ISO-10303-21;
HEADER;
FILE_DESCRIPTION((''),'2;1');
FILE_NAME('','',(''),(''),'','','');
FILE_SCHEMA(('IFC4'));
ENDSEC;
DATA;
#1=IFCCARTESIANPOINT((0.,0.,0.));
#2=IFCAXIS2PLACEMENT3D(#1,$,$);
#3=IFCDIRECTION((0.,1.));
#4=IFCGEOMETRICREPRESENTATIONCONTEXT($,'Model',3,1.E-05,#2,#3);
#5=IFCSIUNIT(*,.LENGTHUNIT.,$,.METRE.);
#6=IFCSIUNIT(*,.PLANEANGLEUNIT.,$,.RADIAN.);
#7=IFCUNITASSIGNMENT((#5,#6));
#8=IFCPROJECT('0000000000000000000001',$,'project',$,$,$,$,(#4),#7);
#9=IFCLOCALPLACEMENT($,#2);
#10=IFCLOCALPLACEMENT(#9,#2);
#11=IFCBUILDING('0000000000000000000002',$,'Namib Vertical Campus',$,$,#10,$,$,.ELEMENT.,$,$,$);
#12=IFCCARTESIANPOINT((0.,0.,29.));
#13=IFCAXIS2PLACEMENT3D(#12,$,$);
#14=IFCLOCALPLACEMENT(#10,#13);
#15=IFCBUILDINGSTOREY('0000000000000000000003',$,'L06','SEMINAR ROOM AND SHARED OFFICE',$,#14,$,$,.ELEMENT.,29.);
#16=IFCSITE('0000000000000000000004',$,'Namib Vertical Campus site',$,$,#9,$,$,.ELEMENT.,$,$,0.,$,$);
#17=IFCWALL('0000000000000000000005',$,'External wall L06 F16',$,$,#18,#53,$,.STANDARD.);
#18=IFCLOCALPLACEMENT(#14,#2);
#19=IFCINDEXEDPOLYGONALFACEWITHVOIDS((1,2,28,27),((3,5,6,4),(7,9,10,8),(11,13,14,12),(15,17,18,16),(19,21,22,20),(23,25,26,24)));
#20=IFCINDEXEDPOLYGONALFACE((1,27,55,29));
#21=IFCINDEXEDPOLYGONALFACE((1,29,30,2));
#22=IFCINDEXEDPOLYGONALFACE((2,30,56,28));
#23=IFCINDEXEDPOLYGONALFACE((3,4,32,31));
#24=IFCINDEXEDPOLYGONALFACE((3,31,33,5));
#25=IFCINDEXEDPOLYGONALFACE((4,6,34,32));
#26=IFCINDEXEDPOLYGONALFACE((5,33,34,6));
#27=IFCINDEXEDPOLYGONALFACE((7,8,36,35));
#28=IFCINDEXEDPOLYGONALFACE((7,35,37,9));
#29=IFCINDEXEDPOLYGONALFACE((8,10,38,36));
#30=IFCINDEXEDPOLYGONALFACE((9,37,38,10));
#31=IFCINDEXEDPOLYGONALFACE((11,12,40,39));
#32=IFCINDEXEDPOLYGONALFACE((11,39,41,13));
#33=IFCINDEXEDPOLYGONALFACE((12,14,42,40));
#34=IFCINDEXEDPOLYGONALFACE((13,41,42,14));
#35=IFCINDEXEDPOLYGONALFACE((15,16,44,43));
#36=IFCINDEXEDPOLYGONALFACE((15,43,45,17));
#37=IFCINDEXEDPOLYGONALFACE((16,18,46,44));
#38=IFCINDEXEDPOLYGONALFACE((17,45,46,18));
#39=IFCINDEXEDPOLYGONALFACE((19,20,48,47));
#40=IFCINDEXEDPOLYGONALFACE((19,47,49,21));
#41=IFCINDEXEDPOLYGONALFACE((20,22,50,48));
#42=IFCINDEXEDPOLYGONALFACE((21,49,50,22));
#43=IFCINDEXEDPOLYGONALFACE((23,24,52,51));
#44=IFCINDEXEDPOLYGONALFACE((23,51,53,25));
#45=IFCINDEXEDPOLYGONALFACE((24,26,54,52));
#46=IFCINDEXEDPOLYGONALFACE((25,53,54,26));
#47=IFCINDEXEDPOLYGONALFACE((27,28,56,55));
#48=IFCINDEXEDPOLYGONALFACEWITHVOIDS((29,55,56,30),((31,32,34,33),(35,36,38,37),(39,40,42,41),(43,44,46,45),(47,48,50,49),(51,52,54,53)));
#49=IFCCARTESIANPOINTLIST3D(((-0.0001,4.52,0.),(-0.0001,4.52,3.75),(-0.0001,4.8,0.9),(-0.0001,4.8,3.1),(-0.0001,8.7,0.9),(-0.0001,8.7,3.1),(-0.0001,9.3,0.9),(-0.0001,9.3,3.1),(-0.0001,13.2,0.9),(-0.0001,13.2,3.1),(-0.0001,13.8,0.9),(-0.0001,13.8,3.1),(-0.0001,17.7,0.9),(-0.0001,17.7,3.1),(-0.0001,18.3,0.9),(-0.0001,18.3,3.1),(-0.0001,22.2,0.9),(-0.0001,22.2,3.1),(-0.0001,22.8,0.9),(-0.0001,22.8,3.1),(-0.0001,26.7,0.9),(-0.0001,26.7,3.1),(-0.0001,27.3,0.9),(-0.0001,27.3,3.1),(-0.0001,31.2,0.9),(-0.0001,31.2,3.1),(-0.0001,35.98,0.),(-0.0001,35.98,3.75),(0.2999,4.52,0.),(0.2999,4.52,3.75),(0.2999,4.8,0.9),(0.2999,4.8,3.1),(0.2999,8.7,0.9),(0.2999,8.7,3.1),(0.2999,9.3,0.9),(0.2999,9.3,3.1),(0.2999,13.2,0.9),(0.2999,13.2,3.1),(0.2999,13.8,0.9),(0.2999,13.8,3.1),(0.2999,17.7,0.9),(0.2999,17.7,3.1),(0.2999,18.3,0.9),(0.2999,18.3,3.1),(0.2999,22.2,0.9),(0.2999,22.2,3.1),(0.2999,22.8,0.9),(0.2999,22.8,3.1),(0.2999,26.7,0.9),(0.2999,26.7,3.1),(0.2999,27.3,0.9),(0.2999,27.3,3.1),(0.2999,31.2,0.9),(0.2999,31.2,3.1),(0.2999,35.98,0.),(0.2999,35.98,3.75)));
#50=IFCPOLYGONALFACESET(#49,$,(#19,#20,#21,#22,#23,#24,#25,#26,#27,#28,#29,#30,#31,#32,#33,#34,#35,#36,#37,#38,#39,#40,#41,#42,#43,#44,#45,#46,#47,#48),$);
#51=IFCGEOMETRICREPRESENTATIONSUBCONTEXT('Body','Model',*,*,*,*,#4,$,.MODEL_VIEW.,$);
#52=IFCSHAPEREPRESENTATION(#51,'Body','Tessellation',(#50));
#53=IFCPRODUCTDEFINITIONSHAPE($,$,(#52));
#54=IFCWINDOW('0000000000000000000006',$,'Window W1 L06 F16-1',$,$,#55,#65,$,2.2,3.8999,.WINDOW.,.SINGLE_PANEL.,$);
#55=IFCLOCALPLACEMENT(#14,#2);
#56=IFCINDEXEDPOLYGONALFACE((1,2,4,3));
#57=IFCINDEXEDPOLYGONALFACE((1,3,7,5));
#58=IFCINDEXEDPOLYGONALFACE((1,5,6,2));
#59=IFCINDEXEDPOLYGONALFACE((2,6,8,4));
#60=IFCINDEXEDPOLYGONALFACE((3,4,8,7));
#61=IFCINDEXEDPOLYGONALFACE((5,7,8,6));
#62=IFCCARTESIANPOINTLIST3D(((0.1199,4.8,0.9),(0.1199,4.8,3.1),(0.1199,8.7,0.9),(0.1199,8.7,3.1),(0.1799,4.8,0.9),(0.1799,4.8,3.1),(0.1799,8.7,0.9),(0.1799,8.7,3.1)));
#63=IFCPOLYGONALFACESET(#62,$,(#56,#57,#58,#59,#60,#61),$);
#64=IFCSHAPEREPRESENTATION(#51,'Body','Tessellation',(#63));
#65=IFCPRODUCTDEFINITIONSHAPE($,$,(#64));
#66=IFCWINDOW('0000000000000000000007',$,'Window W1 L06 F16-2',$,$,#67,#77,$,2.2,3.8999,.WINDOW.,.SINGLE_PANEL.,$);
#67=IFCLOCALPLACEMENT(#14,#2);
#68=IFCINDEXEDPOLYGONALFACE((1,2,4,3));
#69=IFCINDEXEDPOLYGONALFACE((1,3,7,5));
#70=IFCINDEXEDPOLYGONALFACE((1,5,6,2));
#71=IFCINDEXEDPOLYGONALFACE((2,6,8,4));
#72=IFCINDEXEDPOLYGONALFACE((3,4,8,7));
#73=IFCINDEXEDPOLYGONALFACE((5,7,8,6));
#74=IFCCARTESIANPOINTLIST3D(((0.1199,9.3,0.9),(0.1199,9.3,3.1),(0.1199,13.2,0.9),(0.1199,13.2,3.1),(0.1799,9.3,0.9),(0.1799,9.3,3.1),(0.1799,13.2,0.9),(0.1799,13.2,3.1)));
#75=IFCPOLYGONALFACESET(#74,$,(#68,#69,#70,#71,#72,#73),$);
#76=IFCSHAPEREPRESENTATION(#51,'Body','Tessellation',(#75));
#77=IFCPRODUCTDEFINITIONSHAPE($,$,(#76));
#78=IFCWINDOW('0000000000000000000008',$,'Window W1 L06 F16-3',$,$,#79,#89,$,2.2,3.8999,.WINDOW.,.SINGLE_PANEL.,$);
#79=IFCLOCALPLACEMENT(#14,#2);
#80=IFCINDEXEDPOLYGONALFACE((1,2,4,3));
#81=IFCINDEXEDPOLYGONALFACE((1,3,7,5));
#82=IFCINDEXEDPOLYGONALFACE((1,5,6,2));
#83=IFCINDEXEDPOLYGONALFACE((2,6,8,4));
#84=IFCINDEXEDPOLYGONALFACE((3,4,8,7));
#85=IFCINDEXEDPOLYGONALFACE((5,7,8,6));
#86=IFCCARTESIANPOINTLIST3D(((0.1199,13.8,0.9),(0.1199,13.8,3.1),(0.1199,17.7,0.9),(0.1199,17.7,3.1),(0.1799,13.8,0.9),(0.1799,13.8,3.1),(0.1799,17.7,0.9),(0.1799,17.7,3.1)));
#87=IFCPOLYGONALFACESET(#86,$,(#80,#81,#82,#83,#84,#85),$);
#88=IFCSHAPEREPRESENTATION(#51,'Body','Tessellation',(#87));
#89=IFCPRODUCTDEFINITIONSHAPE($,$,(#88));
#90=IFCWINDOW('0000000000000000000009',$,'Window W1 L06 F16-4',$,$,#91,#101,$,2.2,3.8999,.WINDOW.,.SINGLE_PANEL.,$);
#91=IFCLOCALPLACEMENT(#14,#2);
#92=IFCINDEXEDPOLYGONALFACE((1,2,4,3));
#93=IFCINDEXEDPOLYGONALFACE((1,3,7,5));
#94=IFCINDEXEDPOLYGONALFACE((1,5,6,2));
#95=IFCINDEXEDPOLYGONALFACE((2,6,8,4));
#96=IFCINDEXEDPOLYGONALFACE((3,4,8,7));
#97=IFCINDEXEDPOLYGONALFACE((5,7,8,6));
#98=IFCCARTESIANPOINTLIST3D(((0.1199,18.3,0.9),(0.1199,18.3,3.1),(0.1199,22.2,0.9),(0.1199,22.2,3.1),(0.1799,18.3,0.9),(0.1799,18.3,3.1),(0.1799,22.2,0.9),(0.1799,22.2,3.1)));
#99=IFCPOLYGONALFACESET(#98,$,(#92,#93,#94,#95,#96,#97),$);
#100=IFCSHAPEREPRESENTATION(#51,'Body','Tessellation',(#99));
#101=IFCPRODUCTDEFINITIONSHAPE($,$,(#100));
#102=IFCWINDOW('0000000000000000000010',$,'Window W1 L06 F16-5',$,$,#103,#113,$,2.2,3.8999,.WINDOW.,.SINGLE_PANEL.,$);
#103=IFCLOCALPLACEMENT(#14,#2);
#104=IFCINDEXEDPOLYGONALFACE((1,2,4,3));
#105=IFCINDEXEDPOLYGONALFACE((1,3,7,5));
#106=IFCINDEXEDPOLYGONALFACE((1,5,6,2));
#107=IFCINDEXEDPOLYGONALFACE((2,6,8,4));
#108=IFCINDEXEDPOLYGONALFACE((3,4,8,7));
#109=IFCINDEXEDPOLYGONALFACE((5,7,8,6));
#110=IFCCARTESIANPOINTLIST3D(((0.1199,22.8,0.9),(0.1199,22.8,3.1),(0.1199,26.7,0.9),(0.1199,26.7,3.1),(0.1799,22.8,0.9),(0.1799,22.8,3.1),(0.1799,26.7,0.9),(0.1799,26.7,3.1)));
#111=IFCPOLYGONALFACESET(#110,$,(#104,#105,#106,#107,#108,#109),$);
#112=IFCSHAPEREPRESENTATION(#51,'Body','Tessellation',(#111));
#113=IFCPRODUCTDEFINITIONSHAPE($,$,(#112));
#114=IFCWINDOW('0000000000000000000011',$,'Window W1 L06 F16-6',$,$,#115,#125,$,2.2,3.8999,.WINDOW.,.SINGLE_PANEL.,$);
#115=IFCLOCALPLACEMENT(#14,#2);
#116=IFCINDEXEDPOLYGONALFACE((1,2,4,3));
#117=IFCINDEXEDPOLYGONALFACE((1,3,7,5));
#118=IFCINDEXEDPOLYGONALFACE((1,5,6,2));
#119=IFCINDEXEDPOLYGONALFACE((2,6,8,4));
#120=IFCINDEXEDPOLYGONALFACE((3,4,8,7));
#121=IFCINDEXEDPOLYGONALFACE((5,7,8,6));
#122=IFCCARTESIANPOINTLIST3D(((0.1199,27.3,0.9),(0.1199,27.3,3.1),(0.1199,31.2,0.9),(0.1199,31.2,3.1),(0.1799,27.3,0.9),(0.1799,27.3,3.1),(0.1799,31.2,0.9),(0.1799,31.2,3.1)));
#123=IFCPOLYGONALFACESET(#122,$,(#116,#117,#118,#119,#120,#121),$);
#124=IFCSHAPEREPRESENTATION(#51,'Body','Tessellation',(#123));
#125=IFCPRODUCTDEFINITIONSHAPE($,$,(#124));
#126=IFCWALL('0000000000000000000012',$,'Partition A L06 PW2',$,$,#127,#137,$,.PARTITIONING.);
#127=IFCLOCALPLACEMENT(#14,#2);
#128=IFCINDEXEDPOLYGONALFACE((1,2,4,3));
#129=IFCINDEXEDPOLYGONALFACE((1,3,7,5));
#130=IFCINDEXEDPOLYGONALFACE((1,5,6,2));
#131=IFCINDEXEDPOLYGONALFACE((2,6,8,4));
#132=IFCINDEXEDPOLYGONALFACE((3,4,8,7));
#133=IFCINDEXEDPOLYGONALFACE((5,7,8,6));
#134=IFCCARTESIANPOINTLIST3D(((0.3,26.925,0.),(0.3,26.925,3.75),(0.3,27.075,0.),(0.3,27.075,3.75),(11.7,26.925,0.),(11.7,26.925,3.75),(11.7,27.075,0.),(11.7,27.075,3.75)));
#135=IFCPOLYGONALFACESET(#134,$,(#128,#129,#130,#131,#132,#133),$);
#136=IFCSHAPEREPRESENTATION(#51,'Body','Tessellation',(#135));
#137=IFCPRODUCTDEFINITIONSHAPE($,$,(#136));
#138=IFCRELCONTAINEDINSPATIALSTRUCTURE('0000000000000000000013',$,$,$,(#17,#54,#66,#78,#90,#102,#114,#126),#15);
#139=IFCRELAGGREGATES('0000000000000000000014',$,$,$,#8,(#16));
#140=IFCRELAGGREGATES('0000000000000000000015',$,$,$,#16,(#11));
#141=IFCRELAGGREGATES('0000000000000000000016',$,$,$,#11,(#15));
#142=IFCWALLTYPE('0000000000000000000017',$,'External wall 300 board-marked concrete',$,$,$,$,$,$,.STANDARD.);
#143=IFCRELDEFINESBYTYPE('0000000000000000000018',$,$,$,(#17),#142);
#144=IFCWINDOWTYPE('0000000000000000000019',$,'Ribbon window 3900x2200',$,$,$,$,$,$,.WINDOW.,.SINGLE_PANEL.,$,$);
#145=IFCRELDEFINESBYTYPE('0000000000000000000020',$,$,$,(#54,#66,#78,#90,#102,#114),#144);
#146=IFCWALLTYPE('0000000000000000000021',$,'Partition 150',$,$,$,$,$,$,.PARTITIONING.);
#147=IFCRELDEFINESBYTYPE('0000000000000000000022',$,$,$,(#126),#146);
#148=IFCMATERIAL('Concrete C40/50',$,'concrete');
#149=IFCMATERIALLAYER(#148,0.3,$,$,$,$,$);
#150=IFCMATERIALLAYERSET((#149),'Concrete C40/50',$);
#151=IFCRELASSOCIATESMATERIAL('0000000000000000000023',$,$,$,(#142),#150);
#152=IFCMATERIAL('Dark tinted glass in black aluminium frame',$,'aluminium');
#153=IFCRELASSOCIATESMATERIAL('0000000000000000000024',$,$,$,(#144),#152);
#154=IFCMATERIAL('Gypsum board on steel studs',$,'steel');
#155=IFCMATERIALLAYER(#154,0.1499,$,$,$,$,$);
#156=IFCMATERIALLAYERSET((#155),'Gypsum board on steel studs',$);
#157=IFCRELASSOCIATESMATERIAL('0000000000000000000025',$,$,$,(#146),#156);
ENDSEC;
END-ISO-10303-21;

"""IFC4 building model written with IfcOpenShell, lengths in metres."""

from ifc_helpers import new_model, si_unit, direction, frame, frame_2d, origin, place, context, subcontext, project, spatial, rectangle, extrude, material, layer, layer_set, type_object, element, fill, save


model = new_model("IFC4")

# Units and contexts
model_context = context("Model", 3, precision=1e-05, world=origin(), true_north=direction((0.0, 1.0)))
body_context = subcontext(model_context, "Body", "Model", "MODEL_VIEW")
ifc_project = project(units=[si_unit("LENGTHUNIT", "METRE"), si_unit("PLANEANGLEUNIT", "RADIAN")], contexts=[model_context])

# Site, building, storey
site_placement = place(None, origin())
site = spatial("IfcSite", under=ifc_project, at=site_placement, Name="Namib Vertical Campus site", CompositionType="ELEMENT", RefElevation=0.0)
building_placement = place(site_placement, origin())
building = spatial("IfcBuilding", under=site, at=building_placement, Name="Namib Vertical Campus", CompositionType="ELEMENT")
storey_placement = place(building_placement, frame((0.0, 0.0, 29.0)))
storey = spatial("IfcBuildingStorey", under=building, at=storey_placement, Name="L06", Description="SEMINAR ROOM AND SHARED OFFICE", CompositionType="ELEMENT", Elevation=29.0)

# Shared definitions
ifc_material_1 = material(Name="Concrete C40/50", Category="concrete")
ifc_layer_1 = layer(ifc_material_1, 0.3)
ifc_layer_set_1 = layer_set([ifc_layer_1], Name="Concrete C40/50")
wall_type_1 = type_object("IfcWallType", Name="External wall 300 board-marked concrete", PredefinedType="STANDARD", material=ifc_layer_set_1)

# Wall, openings, windows
wall_1_placement = place(storey_placement, frame((0.1499, 35.98, 0.0), z_axis=(0.0, 0.0, 1.0), x_axis=(0.0, -1.0, 0.0)))
wall_1 = element("IfcWall", 1, at=wall_1_placement, inside=storey, type_object=wall_type_1, Name="External wall L06 F16", PredefinedType="STANDARD", context=body_context, shape_type="SweptSolid", body=[
    extrude(rectangle(XDim=31.46, YDim=0.3, at=frame_2d((15.73, 0.0))), origin(), (0.0, 0.0, 1.0), 3.75),
])
opening_1_placement = place(wall_1_placement, frame((27.28, 0.0, 0.8999)))
opening_1 = element("IfcOpeningElement", 2, at=opening_1_placement, cuts=wall_1, PredefinedType="OPENING", context=body_context, shape_type="SweptSolid", body=[
    extrude(rectangle(XDim=3.8999, YDim=2.2, at=frame_2d((1.95, 1.1001))), frame((0.0, 0.1599, 0.0), z_axis=(0.0, -1.0, 0.0), x_axis=(1.0, 0.0, 0.0)), (0.0, 0.0, 1.0), 0.3201),
])
opening_2_placement = place(wall_1_placement, frame((22.78, 0.0, 0.8999)))
opening_2 = element("IfcOpeningElement", 3, at=opening_2_placement, cuts=wall_1, PredefinedType="OPENING", context=body_context, shape_type="SweptSolid", body=[
    extrude(rectangle(XDim=3.8999, YDim=2.2, at=frame_2d((1.95, 1.1001))), frame((0.0, 0.1599, 0.0), z_axis=(0.0, -1.0, 0.0), x_axis=(1.0, 0.0, 0.0)), (0.0, 0.0, 1.0), 0.3201),
])
opening_3_placement = place(wall_1_placement, frame((18.28, 0.0, 0.8999)))
opening_3 = element("IfcOpeningElement", 4, at=opening_3_placement, cuts=wall_1, PredefinedType="OPENING", context=body_context, shape_type="SweptSolid", body=[
    extrude(rectangle(XDim=3.8999, YDim=2.2, at=frame_2d((1.95, 1.1001))), frame((0.0, 0.1599, 0.0), z_axis=(0.0, -1.0, 0.0), x_axis=(1.0, 0.0, 0.0)), (0.0, 0.0, 1.0), 0.3201),
])
opening_4_placement = place(wall_1_placement, frame((13.78, 0.0, 0.8999)))
opening_4 = element("IfcOpeningElement", 5, at=opening_4_placement, cuts=wall_1, PredefinedType="OPENING", context=body_context, shape_type="SweptSolid", body=[
    extrude(rectangle(XDim=3.8999, YDim=2.2, at=frame_2d((1.95, 1.1001))), frame((0.0, 0.1599, 0.0), z_axis=(0.0, -1.0, 0.0), x_axis=(1.0, 0.0, 0.0)), (0.0, 0.0, 1.0), 0.3201),
])
opening_5_placement = place(wall_1_placement, frame((9.28, 0.0, 0.8999)))
opening_5 = element("IfcOpeningElement", 6, at=opening_5_placement, cuts=wall_1, PredefinedType="OPENING", context=body_context, shape_type="SweptSolid", body=[
    extrude(rectangle(XDim=3.8999, YDim=2.2, at=frame_2d((1.95, 1.1001))), frame((0.0, 0.1599, 0.0), z_axis=(0.0, -1.0, 0.0), x_axis=(1.0, 0.0, 0.0)), (0.0, 0.0, 1.0), 0.3201),
])
opening_6_placement = place(wall_1_placement, frame((4.78, 0.0, 0.8999)))
opening_6 = element("IfcOpeningElement", 7, at=opening_6_placement, cuts=wall_1, PredefinedType="OPENING", context=body_context, shape_type="SweptSolid", body=[
    extrude(rectangle(XDim=3.8999, YDim=2.2, at=frame_2d((1.95, 1.1001))), frame((0.0, 0.1599, 0.0), z_axis=(0.0, -1.0, 0.0), x_axis=(1.0, 0.0, 0.0)), (0.0, 0.0, 1.0), 0.3201),
])
ifc_material_2 = material(Name="Dark tinted glass in black aluminium frame", Category="aluminium")
window_type = type_object("IfcWindowType", Name="Ribbon window 3900x2200", PartitioningType="SINGLE_PANEL", PredefinedType="WINDOW", material=ifc_material_2)
window_1_placement = place(opening_1_placement, origin())
window_1 = element("IfcWindow", 8, at=window_1_placement, inside=storey, type_object=window_type, Name="Window W1 L06 F16-1", OverallHeight=2.2, OverallWidth=3.8999, PartitioningType="SINGLE_PANEL", PredefinedType="WINDOW", context=body_context, shape_type="SweptSolid", body=[
    extrude(rectangle(XDim=3.8999, YDim=2.2, at=frame_2d((1.95, 1.1001))), frame((0.0, 0.03, 0.0), z_axis=(0.0, -1.0, 0.0), x_axis=(1.0, 0.0, 0.0)), (0.0, 0.0, 1.0), 0.0601),
])
fill(opening_1, window_1)
window_2_placement = place(opening_2_placement, origin())
window_2 = element("IfcWindow", 9, at=window_2_placement, inside=storey, type_object=window_type, Name="Window W1 L06 F16-2", OverallHeight=2.2, OverallWidth=3.8999, PartitioningType="SINGLE_PANEL", PredefinedType="WINDOW", context=body_context, shape_type="SweptSolid", body=[
    extrude(rectangle(XDim=3.8999, YDim=2.2, at=frame_2d((1.95, 1.1001))), frame((0.0, 0.03, 0.0), z_axis=(0.0, -1.0, 0.0), x_axis=(1.0, 0.0, 0.0)), (0.0, 0.0, 1.0), 0.0601),
])
fill(opening_2, window_2)
window_3_placement = place(opening_3_placement, origin())
window_3 = element("IfcWindow", 10, at=window_3_placement, inside=storey, type_object=window_type, Name="Window W1 L06 F16-3", OverallHeight=2.2, OverallWidth=3.8999, PartitioningType="SINGLE_PANEL", PredefinedType="WINDOW", context=body_context, shape_type="SweptSolid", body=[
    extrude(rectangle(XDim=3.8999, YDim=2.2, at=frame_2d((1.95, 1.1001))), frame((0.0, 0.03, 0.0), z_axis=(0.0, -1.0, 0.0), x_axis=(1.0, 0.0, 0.0)), (0.0, 0.0, 1.0), 0.0601),
])
fill(opening_3, window_3)
window_4_placement = place(opening_4_placement, origin())
window_4 = element("IfcWindow", 11, at=window_4_placement, inside=storey, type_object=window_type, Name="Window W1 L06 F16-4", OverallHeight=2.2, OverallWidth=3.8999, PartitioningType="SINGLE_PANEL", PredefinedType="WINDOW", context=body_context, shape_type="SweptSolid", body=[
    extrude(rectangle(XDim=3.8999, YDim=2.2, at=frame_2d((1.95, 1.1001))), frame((0.0, 0.03, 0.0), z_axis=(0.0, -1.0, 0.0), x_axis=(1.0, 0.0, 0.0)), (0.0, 0.0, 1.0), 0.0601),
])
fill(opening_4, window_4)
window_5_placement = place(opening_5_placement, origin())
window_5 = element("IfcWindow", 12, at=window_5_placement, inside=storey, type_object=window_type, Name="Window W1 L06 F16-5", OverallHeight=2.2, OverallWidth=3.8999, PartitioningType="SINGLE_PANEL", PredefinedType="WINDOW", context=body_context, shape_type="SweptSolid", body=[
    extrude(rectangle(XDim=3.8999, YDim=2.2, at=frame_2d((1.95, 1.1001))), frame((0.0, 0.03, 0.0), z_axis=(0.0, -1.0, 0.0), x_axis=(1.0, 0.0, 0.0)), (0.0, 0.0, 1.0), 0.0601),
])
fill(opening_5, window_5)
window_6_placement = place(opening_6_placement, origin())
window_6 = element("IfcWindow", 13, at=window_6_placement, inside=storey, type_object=window_type, Name="Window W1 L06 F16-6", OverallHeight=2.2, OverallWidth=3.8999, PartitioningType="SINGLE_PANEL", PredefinedType="WINDOW", context=body_context, shape_type="SweptSolid", body=[
    extrude(rectangle(XDim=3.8999, YDim=2.2, at=frame_2d((1.95, 1.1001))), frame((0.0, 0.03, 0.0), z_axis=(0.0, -1.0, 0.0), x_axis=(1.0, 0.0, 0.0)), (0.0, 0.0, 1.0), 0.0601),
])
fill(opening_6, window_6)

# Wall
ifc_material_3 = material(Name="Gypsum board on steel studs", Category="steel")
ifc_layer_2 = layer(ifc_material_3, 0.1499)
ifc_layer_set_2 = layer_set([ifc_layer_2], Name="Gypsum board on steel studs")
wall_type_2 = type_object("IfcWallType", Name="Partition 150", PredefinedType="PARTITIONING", material=ifc_layer_set_2)
wall_2_placement = place(storey_placement, frame((0.3, 27.0, 0.0), z_axis=(0.0, 0.0, 1.0), x_axis=(1.0, 0.0, 0.0)))
element("IfcWall", 14, at=wall_2_placement, inside=storey, type_object=wall_type_2, Name="Partition A L06 PW2", PredefinedType="PARTITIONING", context=body_context, shape_type="SweptSolid", body=[
    extrude(rectangle(XDim=11.3999, YDim=0.1499, at=frame_2d((5.7, 0.0))), origin(), (0.0, 0.0, 1.0), 3.75),
])

save(model, "model.ifc")
